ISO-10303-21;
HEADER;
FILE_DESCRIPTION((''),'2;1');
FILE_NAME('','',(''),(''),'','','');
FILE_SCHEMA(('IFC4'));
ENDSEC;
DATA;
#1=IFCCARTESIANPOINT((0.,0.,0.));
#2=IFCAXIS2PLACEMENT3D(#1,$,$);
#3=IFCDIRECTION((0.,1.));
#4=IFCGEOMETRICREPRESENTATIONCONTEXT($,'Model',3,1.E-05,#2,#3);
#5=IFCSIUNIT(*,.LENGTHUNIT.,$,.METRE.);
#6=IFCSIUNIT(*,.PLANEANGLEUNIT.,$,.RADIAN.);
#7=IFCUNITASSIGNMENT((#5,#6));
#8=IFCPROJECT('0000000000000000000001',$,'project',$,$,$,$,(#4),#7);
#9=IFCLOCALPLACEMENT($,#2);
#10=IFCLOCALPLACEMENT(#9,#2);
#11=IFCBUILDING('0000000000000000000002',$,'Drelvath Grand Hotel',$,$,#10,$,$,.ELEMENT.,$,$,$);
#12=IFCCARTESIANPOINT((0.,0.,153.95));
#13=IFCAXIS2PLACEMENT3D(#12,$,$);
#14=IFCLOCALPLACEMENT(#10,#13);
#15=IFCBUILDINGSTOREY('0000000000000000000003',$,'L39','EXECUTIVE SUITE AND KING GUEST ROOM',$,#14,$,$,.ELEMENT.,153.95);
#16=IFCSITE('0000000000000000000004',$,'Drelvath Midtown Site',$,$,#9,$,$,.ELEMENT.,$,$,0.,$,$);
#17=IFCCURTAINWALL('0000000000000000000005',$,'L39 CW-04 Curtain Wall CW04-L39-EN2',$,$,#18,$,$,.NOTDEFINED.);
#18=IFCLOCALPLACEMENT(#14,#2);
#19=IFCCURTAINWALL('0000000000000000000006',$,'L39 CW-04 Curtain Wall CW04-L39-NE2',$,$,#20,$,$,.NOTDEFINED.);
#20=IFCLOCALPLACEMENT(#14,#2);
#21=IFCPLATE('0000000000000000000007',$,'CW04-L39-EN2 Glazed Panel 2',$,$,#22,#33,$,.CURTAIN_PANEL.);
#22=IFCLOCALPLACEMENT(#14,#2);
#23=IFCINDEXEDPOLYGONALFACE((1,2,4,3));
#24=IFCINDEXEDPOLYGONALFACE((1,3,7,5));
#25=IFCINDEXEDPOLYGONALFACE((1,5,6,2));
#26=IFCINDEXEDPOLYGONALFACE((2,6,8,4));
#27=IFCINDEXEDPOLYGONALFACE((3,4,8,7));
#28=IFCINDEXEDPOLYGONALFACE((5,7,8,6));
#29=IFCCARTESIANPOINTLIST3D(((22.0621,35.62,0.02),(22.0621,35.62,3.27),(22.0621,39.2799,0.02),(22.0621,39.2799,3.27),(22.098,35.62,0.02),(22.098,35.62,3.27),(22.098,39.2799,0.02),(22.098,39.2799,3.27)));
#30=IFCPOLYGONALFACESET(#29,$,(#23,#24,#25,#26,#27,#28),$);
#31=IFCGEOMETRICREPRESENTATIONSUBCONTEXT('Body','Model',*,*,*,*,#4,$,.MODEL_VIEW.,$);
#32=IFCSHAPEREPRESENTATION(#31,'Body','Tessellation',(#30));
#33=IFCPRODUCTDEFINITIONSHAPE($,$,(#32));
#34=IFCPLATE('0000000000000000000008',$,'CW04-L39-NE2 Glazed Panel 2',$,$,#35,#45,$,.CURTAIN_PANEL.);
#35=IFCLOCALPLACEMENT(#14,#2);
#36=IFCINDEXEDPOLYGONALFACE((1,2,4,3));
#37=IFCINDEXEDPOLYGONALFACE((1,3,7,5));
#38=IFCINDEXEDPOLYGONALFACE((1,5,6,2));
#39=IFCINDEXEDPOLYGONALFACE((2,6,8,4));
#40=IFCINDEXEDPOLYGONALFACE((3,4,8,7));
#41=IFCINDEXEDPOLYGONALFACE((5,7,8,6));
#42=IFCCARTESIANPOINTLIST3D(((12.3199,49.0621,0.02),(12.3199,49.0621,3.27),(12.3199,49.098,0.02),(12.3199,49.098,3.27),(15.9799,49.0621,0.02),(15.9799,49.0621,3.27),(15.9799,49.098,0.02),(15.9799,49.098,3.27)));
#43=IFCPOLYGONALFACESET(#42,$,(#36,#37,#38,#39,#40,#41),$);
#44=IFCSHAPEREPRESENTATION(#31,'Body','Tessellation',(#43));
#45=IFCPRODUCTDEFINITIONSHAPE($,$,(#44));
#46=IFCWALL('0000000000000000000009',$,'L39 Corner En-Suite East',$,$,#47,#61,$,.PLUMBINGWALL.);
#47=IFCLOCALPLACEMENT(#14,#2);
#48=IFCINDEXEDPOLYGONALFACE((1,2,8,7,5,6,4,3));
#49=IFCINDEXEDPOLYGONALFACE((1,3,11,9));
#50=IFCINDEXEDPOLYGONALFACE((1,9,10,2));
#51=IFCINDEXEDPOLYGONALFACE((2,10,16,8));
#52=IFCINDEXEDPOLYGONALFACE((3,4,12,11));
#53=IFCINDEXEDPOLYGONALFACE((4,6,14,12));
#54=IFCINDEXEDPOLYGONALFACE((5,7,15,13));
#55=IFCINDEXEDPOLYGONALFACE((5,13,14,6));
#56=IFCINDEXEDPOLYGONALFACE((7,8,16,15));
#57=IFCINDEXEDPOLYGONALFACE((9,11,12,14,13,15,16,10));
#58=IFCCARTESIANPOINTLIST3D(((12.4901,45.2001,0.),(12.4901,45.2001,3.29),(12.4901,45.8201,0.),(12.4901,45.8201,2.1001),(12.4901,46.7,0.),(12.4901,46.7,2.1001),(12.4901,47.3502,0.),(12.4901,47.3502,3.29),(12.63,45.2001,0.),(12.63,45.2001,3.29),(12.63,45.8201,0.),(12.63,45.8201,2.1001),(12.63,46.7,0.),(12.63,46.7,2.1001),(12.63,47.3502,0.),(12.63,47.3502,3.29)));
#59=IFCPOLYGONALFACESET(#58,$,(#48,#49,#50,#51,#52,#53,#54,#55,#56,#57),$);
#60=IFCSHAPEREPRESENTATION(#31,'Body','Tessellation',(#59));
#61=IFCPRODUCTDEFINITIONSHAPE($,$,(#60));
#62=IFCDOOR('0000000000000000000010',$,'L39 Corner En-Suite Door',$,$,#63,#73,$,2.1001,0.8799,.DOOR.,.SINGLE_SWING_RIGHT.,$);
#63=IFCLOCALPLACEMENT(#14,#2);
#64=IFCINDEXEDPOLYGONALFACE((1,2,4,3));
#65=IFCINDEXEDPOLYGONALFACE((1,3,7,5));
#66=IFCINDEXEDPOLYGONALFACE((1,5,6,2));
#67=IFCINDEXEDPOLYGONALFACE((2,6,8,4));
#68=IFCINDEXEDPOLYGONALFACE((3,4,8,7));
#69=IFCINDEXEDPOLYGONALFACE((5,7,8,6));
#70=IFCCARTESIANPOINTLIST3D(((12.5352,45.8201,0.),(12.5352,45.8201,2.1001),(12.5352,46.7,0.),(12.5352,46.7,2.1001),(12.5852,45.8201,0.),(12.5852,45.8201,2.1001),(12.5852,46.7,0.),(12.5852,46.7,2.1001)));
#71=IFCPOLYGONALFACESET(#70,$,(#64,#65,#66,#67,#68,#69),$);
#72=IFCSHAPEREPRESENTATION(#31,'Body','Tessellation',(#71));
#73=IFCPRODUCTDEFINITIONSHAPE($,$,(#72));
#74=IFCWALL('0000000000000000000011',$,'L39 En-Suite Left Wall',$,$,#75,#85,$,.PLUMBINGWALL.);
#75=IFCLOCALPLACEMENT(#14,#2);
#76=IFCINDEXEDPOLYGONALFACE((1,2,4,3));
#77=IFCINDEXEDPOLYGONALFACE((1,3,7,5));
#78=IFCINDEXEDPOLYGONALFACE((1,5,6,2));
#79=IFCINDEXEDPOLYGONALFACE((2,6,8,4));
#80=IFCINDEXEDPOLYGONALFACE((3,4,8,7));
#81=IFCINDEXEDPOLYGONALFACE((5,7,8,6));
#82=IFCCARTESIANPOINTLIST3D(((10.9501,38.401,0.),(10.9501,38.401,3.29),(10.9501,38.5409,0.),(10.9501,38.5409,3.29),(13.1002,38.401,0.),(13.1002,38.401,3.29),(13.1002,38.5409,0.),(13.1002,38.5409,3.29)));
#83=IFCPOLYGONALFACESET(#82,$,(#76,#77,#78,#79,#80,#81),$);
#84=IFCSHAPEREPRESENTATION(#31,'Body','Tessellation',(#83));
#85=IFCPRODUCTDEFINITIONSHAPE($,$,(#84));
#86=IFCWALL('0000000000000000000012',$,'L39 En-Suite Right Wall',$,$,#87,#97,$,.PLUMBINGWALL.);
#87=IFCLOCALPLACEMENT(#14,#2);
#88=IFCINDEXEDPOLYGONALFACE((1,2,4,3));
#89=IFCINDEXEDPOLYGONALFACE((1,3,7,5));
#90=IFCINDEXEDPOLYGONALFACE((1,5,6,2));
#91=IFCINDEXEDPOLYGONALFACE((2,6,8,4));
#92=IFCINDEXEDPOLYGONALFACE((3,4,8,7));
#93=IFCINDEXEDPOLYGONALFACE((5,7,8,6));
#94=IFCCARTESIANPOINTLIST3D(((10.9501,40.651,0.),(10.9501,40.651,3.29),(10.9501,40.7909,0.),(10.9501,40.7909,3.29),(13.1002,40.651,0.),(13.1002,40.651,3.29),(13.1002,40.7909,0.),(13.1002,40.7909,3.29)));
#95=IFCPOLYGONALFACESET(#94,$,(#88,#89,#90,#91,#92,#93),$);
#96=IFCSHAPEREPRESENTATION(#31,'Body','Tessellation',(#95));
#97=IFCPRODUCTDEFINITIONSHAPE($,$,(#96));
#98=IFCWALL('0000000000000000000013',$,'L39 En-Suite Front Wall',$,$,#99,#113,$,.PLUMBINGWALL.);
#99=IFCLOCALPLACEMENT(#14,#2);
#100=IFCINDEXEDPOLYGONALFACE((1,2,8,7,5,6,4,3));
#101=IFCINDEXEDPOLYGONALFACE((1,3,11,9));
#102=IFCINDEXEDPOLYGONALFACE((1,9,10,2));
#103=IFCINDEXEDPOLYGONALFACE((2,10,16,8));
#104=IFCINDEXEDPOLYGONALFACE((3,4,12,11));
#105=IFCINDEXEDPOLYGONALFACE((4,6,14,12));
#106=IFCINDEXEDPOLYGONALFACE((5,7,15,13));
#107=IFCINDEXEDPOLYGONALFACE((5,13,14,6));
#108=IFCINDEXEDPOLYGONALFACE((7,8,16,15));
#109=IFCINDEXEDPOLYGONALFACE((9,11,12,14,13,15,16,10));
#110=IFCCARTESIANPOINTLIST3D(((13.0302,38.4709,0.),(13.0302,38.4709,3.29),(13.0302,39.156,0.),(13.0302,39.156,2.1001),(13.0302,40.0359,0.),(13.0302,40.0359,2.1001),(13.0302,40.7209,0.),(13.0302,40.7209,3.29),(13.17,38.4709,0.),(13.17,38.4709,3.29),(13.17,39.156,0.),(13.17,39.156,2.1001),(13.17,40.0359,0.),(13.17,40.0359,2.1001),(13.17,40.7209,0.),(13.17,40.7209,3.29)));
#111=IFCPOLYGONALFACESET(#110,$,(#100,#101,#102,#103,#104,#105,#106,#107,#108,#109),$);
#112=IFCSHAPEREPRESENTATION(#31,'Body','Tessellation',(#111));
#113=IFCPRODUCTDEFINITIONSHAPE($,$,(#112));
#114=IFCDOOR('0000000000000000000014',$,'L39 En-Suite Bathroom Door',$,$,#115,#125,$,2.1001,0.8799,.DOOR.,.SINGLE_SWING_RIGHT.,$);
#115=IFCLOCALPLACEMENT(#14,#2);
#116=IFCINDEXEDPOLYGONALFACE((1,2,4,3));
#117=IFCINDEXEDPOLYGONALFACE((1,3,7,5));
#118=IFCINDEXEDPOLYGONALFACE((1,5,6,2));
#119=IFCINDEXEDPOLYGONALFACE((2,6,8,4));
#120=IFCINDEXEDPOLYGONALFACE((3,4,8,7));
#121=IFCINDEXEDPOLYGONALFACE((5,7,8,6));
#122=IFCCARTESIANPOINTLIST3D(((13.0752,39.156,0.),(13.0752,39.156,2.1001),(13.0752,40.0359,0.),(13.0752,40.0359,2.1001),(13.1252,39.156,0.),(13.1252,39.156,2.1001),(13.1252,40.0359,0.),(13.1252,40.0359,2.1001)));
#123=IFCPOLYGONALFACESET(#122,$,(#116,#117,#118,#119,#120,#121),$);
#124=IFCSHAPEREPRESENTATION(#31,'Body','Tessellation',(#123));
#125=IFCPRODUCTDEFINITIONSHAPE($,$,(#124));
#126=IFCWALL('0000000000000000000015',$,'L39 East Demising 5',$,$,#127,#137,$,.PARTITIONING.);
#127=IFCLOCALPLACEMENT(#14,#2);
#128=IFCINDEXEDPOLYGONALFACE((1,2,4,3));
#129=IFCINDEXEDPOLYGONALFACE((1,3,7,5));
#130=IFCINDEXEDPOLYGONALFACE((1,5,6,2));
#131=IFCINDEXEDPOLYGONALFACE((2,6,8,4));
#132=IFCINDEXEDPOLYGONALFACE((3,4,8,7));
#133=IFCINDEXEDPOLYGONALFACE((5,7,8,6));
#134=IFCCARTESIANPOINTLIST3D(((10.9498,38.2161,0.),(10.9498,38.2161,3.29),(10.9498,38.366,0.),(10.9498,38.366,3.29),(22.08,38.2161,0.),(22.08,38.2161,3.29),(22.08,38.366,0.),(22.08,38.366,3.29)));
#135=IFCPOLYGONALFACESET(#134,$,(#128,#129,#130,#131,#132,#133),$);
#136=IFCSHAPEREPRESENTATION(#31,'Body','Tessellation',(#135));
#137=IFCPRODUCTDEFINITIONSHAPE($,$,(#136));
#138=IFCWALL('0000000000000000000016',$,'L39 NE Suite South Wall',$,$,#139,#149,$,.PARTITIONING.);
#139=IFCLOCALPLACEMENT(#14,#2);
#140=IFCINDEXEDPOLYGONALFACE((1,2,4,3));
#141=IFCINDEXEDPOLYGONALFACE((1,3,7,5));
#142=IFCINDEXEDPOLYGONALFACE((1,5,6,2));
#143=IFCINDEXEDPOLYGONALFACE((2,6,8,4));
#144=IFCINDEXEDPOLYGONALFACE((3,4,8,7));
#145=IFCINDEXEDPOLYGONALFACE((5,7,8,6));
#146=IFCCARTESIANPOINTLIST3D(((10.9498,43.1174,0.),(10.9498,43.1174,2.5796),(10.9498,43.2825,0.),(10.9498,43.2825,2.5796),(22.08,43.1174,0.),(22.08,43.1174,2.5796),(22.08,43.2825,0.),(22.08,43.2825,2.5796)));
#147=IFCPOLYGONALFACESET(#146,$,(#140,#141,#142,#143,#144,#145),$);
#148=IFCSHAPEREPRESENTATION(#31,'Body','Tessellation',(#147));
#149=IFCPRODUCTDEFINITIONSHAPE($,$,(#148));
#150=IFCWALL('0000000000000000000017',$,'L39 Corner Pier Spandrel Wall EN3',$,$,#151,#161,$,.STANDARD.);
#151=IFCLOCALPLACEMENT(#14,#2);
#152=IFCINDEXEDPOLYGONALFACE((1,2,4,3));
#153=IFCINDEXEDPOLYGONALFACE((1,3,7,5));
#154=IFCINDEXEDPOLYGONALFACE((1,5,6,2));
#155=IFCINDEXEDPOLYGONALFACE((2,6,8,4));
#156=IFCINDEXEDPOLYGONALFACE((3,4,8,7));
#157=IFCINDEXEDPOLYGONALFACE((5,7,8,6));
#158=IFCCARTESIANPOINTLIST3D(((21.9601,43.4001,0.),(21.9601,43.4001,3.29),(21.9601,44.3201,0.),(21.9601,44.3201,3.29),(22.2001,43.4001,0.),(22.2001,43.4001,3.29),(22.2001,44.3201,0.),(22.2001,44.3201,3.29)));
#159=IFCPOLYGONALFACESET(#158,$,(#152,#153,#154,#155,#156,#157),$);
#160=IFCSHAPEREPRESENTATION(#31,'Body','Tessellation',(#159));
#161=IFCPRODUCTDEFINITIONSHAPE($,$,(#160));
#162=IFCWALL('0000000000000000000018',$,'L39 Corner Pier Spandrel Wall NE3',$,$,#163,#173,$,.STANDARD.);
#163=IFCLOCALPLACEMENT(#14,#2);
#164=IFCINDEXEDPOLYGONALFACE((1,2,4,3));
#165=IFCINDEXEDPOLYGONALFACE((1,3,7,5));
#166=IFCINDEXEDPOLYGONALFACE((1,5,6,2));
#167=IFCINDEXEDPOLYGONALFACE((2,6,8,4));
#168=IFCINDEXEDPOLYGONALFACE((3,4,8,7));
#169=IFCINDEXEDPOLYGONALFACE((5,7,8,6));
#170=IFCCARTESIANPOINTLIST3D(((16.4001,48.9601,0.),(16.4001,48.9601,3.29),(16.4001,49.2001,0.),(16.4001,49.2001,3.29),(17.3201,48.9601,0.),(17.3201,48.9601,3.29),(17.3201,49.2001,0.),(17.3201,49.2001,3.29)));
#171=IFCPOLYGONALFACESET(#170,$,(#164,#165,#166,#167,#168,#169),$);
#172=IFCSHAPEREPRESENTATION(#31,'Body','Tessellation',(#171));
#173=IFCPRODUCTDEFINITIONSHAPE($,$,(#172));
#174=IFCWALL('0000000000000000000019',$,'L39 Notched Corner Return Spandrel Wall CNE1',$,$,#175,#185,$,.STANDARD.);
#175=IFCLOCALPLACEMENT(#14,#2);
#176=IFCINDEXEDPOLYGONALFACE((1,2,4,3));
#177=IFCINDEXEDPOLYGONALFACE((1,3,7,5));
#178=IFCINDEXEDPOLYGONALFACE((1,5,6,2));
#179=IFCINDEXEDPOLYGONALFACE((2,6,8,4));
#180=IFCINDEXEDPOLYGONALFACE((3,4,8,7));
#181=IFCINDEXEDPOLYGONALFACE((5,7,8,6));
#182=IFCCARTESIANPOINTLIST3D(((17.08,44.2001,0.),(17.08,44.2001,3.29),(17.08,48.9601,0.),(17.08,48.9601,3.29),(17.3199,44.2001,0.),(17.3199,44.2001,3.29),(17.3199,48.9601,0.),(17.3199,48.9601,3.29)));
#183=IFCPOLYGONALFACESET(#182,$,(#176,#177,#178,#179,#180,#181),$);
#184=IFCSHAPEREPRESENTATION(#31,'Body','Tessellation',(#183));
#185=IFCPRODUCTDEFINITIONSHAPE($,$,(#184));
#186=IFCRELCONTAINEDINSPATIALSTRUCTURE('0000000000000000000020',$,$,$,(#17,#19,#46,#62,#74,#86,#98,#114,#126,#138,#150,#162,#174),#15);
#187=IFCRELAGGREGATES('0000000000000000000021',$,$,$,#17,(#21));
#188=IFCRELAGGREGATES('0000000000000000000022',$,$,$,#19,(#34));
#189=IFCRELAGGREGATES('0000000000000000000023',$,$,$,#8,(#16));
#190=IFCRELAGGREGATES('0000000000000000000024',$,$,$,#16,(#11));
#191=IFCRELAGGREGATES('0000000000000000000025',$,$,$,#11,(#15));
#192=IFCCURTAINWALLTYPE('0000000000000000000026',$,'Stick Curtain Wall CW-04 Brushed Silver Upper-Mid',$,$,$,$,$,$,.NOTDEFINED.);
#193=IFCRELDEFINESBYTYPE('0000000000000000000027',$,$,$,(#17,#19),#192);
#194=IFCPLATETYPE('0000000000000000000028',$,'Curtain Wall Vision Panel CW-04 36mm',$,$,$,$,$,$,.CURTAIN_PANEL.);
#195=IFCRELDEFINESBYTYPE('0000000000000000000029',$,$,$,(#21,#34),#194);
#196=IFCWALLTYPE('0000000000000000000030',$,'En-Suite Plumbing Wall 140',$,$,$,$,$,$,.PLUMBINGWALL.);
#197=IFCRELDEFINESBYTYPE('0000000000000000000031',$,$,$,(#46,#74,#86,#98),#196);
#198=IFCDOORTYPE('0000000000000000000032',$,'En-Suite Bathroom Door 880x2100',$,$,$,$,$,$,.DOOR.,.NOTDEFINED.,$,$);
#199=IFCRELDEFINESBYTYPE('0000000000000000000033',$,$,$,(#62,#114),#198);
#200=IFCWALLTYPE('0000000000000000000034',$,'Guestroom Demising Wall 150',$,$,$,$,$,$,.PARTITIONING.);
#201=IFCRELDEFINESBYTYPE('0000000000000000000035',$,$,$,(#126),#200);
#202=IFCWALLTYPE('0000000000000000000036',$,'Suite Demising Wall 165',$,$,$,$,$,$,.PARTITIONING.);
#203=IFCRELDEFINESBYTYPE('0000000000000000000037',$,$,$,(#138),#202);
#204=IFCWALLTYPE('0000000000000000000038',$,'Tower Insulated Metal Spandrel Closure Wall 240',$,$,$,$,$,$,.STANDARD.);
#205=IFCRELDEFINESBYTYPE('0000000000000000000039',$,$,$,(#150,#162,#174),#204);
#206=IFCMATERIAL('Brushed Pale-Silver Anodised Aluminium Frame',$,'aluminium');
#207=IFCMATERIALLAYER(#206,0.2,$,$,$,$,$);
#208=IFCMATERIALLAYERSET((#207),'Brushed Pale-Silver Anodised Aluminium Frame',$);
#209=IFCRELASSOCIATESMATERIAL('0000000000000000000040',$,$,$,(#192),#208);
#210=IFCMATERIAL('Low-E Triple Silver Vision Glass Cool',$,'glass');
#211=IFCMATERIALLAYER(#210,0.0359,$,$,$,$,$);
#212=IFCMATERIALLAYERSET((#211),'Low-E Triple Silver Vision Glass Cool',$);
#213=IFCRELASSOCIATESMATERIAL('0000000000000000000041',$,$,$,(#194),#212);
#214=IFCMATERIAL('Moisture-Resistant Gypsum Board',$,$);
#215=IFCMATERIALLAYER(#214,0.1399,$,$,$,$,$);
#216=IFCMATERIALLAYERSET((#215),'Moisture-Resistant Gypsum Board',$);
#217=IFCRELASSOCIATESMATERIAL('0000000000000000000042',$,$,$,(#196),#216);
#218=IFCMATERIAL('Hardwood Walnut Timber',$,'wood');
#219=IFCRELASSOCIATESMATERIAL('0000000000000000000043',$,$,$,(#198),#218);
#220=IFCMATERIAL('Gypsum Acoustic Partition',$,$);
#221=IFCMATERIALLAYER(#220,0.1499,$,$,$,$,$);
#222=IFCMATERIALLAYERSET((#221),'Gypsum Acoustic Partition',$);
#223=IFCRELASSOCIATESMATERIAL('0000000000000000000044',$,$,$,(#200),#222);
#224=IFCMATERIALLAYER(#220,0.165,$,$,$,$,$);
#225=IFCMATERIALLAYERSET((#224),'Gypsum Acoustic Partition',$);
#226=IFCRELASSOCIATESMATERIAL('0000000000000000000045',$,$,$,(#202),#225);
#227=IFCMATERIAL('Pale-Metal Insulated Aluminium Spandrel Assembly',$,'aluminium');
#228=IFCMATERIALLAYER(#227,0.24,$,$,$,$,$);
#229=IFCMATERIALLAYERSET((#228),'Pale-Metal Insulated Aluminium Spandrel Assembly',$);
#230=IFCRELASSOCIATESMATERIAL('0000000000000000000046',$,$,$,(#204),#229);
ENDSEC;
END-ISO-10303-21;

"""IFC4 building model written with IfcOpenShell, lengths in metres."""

from ifc_helpers import new_model, si_unit, direction, frame, frame_2d, origin, origin_2d, place, context, subcontext, project, spatial, rectangle, extrude, material, layer, layer_set, type_object, element, fill, aggregate, save


model = new_model("IFC4")

# Units and contexts
model_context = context("Model", 3, precision=1e-05, world=origin(), true_north=direction((0.0, 1.0)))
body_context = subcontext(model_context, "Body", "Model", "MODEL_VIEW")
ifc_project = project(units=[si_unit("LENGTHUNIT", "METRE"), si_unit("PLANEANGLEUNIT", "RADIAN")], contexts=[model_context])

# Site, building, storey
site_placement = place(None, origin())
site = spatial("IfcSite", under=ifc_project, at=site_placement, Name="Drelvath Midtown Site", CompositionType="ELEMENT", RefElevation=0.0)
building_placement = place(site_placement, origin())
building = spatial("IfcBuilding", under=site, at=building_placement, Name="Drelvath Grand Hotel", CompositionType="ELEMENT")
storey_placement = place(building_placement, frame((0.0, 0.0, 153.95)))
storey = spatial("IfcBuildingStorey", under=building, at=storey_placement, Name="L39", Description="EXECUTIVE SUITE AND KING GUEST ROOM", CompositionType="ELEMENT", Elevation=153.95)

# Curtain walls
ifc_material_1 = material(Name="Brushed Pale-Silver Anodised Aluminium Frame", Category="aluminium")
ifc_layer_1 = layer(ifc_material_1, 0.2)
ifc_layer_set_1 = layer_set([ifc_layer_1], Name="Brushed Pale-Silver Anodised Aluminium Frame")
curtain_wall_type = type_object("IfcCurtainWallType", Name="Stick Curtain Wall CW-04 Brushed Silver Upper-Mid", PredefinedType="NOTDEFINED", material=ifc_layer_set_1)
curtain_wall_1_placement = place(storey_placement, origin())
curtain_wall_1 = element("IfcCurtainWall", 1, at=curtain_wall_1_placement, inside=storey, type_object=curtain_wall_type, Name="L39 CW-04 Curtain Wall CW04-L39-EN2", PredefinedType="NOTDEFINED")
curtain_wall_2_placement = place(storey_placement, origin())
curtain_wall_2 = element("IfcCurtainWall", 2, at=curtain_wall_2_placement, inside=storey, type_object=curtain_wall_type, Name="L39 CW-04 Curtain Wall CW04-L39-NE2", PredefinedType="NOTDEFINED")

# Plates
ifc_material_2 = material(Name="Low-E Triple Silver Vision Glass Cool", Category="glass")
ifc_layer_2 = layer(ifc_material_2, 0.0359)
ifc_layer_set_2 = layer_set([ifc_layer_2], Name="Low-E Triple Silver Vision Glass Cool")
plate_type = type_object("IfcPlateType", Name="Curtain Wall Vision Panel CW-04 36mm", PredefinedType="CURTAIN_PANEL", material=ifc_layer_set_2)
plate_1_placement = place(storey_placement, frame((22.0801, 37.45, 0.02), z_axis=(0.0, 0.0, 1.0), x_axis=(0.0, -1.0, 0.0)))
plate_1 = element("IfcPlate", 3, at=plate_1_placement, type_object=plate_type, Name="CW04-L39-EN2 Glazed Panel 2", PredefinedType="CURTAIN_PANEL", context=body_context, shape_type="SweptSolid", body=[
    extrude(rectangle(XDim=3.6599, YDim=0.0359, at=origin_2d()), origin(), (0.0, 0.0, 1.0), 3.25),
])
aggregate(curtain_wall_1, [plate_1])
plate_2_placement = place(storey_placement, frame((14.1499, 49.0801, 0.02), z_axis=(0.0, 0.0, 1.0), x_axis=(1.0, 0.0, 0.0)))
plate_2 = element("IfcPlate", 4, at=plate_2_placement, type_object=plate_type, Name="CW04-L39-NE2 Glazed Panel 2", PredefinedType="CURTAIN_PANEL", context=body_context, shape_type="SweptSolid", body=[
    extrude(rectangle(XDim=3.6599, YDim=0.0359, at=origin_2d()), origin(), (0.0, 0.0, 1.0), 3.25),
])
aggregate(curtain_wall_2, [plate_2])

# Wall, opening, door
ifc_material_3 = material(Name="Moisture-Resistant Gypsum Board")
ifc_layer_3 = layer(ifc_material_3, 0.1399)
ifc_layer_set_3 = layer_set([ifc_layer_3], Name="Moisture-Resistant Gypsum Board")
wall_type_1 = type_object("IfcWallType", Name="En-Suite Plumbing Wall 140", PredefinedType="PLUMBINGWALL", material=ifc_layer_set_3)
wall_1_placement = place(storey_placement, frame((12.5601, 45.2, 0.0), z_axis=(0.0, 0.0, 1.0), x_axis=(0.0, 1.0, 0.0)))
wall_1 = element("IfcWall", 5, at=wall_1_placement, inside=storey, type_object=wall_type_1, Name="L39 Corner En-Suite East", PredefinedType="PLUMBINGWALL", context=body_context, shape_type="SweptSolid", body=[
    extrude(rectangle(XDim=2.1501, YDim=0.1399, at=frame_2d((1.0752, 0.0))), origin(), (0.0, 0.0, 1.0), 3.29),
])
opening_1_placement = place(wall_1_placement, frame((0.6201, 0.0, 0.0)))
opening_1 = element("IfcOpeningElement", 6, at=opening_1_placement, cuts=wall_1, PredefinedType="OPENING", context=body_context, shape_type="SweptSolid", body=[
    extrude(rectangle(XDim=0.8799, YDim=2.1001, at=frame_2d((0.4399, 1.05))), frame((0.0, 0.0798, 0.0), z_axis=(0.0, -1.0, 0.0), x_axis=(1.0, 0.0, 0.0)), (0.0, 0.0, 1.0), 0.1599),
])
ifc_material_4 = material(Name="Hardwood Walnut Timber", Category="wood")
door_type = type_object("IfcDoorType", Name="En-Suite Bathroom Door 880x2100", OperationType="NOTDEFINED", PredefinedType="DOOR", material=ifc_material_4)
door_1_placement = place(opening_1_placement, origin())
door_1 = element("IfcDoor", 7, at=door_1_placement, inside=storey, type_object=door_type, Name="L39 Corner En-Suite Door", OperationType="SINGLE_SWING_RIGHT", OverallHeight=2.1001, OverallWidth=0.8799, PredefinedType="DOOR", context=body_context, shape_type="SweptSolid", body=[
    extrude(rectangle(XDim=0.8799, YDim=2.1001, at=frame_2d((0.4399, 1.05))), frame((0.0, 0.0249, 0.0), z_axis=(0.0, -1.0, 0.0), x_axis=(1.0, 0.0, 0.0)), (0.0, 0.0, 1.0), 0.05),
])
fill(opening_1, door_1)

# Walls
for number, where, z_axis, x_axis, name in (
    (8, (10.95, 38.4709, 0.0), (0.0, 0.0, 1.0), (1.0, 0.0, 0.0), "L39 En-Suite Left Wall"),
    (9, (10.95, 40.7209, 0.0), (0.0, 0.0, 1.0), (1.0, 0.0, 0.0), "L39 En-Suite Right Wall"),
):
    element("IfcWall", number, at=place(storey_placement, frame(where, z_axis=z_axis, x_axis=x_axis)), inside=storey, type_object=wall_type_1, Name=name, PredefinedType="PLUMBINGWALL", context=body_context, shape_type="SweptSolid", body=[
        extrude(rectangle(XDim=2.1501, YDim=0.1399, at=frame_2d((1.0752, 0.0))), origin(), (0.0, 0.0, 1.0), 3.29),
    ])

# Wall, opening, door
wall_2_placement = place(storey_placement, frame((13.1001, 38.4709, 0.0), z_axis=(0.0, 0.0, 1.0), x_axis=(0.0, 1.0, 0.0)))
wall_2 = element("IfcWall", 10, at=wall_2_placement, inside=storey, type_object=wall_type_1, Name="L39 En-Suite Front Wall", PredefinedType="PLUMBINGWALL", context=body_context, shape_type="SweptSolid", body=[
    extrude(rectangle(XDim=2.25, YDim=0.1399, at=frame_2d((1.125, 0.0))), origin(), (0.0, 0.0, 1.0), 3.29),
])
opening_2_placement = place(wall_2_placement, frame((0.6851, 0.0, 0.0)))
opening_2 = element("IfcOpeningElement", 11, at=opening_2_placement, cuts=wall_2, PredefinedType="OPENING", context=body_context, shape_type="SweptSolid", body=[
    extrude(rectangle(XDim=0.8799, YDim=2.1001, at=frame_2d((0.4399, 1.05))), frame((0.0, 0.0798, 0.0), z_axis=(0.0, -1.0, 0.0), x_axis=(1.0, 0.0, 0.0)), (0.0, 0.0, 1.0), 0.1599),
])
door_2_placement = place(opening_2_placement, origin())
door_2 = element("IfcDoor", 12, at=door_2_placement, inside=storey, type_object=door_type, Name="L39 En-Suite Bathroom Door", OperationType="SINGLE_SWING_RIGHT", OverallHeight=2.1001, OverallWidth=0.8799, PredefinedType="DOOR", context=body_context, shape_type="SweptSolid", body=[
    extrude(rectangle(XDim=0.8799, YDim=2.1001, at=frame_2d((0.4399, 1.05))), frame((0.0, 0.0249, 0.0), z_axis=(0.0, -1.0, 0.0), x_axis=(1.0, 0.0, 0.0)), (0.0, 0.0, 1.0), 0.05),
])
fill(opening_2, door_2)

# Walls
ifc_material_5 = material(Name="Gypsum Acoustic Partition")
ifc_layer_4 = layer(ifc_material_5, 0.1499)
ifc_layer_set_4 = layer_set([ifc_layer_4], Name="Gypsum Acoustic Partition")
wall_type_2 = type_object("IfcWallType", Name="Guestroom Demising Wall 150", PredefinedType="PARTITIONING", material=ifc_layer_set_4)
wall_3_placement = place(storey_placement, frame((10.95, 38.291, 0.0), z_axis=(0.0, 0.0, 1.0), x_axis=(1.0, 0.0, 0.0)))
element("IfcWall", 13, at=wall_3_placement, inside=storey, type_object=wall_type_2, Name="L39 East Demising 5", PredefinedType="PARTITIONING", context=body_context, shape_type="SweptSolid", body=[
    extrude(rectangle(XDim=11.1301, YDim=0.1499, at=frame_2d((5.5649, 0.0))), origin(), (0.0, 0.0, 1.0), 3.29),
])
ifc_layer_5 = layer(ifc_material_5, 0.165)
ifc_layer_set_5 = layer_set([ifc_layer_5], Name="Gypsum Acoustic Partition")
wall_type_3 = type_object("IfcWallType", Name="Suite Demising Wall 165", PredefinedType="PARTITIONING", material=ifc_layer_set_5)
wall_4_placement = place(storey_placement, frame((10.95, 43.2, 0.0), z_axis=(0.0, 0.0, 1.0), x_axis=(1.0, 0.0, 0.0)))
element("IfcWall", 14, at=wall_4_placement, inside=storey, type_object=wall_type_3, Name="L39 NE Suite South Wall", PredefinedType="PARTITIONING", context=body_context, shape_type="SweptSolid", body=[
    extrude(rectangle(XDim=11.1301, YDim=0.165, at=frame_2d((5.5649, 0.0))), origin(), (0.0, 0.0, 1.0), 2.5796),
])
ifc_material_6 = material(Name="Pale-Metal Insulated Aluminium Spandrel Assembly", Category="aluminium")
ifc_layer_6 = layer(ifc_material_6, 0.24)
ifc_layer_set_6 = layer_set([ifc_layer_6], Name="Pale-Metal Insulated Aluminium Spandrel Assembly")
wall_type_4 = type_object("IfcWallType", Name="Tower Insulated Metal Spandrel Closure Wall 240", PredefinedType="STANDARD", material=ifc_layer_set_6)
for number, where, z_axis, x_axis, name in (
    (15, (22.0801, 44.3201, 0.0), (0.0, 0.0, 1.0), (0.0, -1.0, 0.0), "L39 Corner Pier Spandrel Wall EN3"),
    (16, (16.4001, 49.0801, 0.0), (0.0, 0.0, 1.0), (1.0, 0.0, 0.0), "L39 Corner Pier Spandrel Wall NE3"),
):
    element("IfcWall", number, at=place(storey_placement, frame(where, z_axis=z_axis, x_axis=x_axis)), inside=storey, type_object=wall_type_4, Name=name, PredefinedType="STANDARD", context=body_context, shape_type="SweptSolid", body=[
        extrude(rectangle(XDim=0.9199, YDim=0.24, at=frame_2d((0.46, 0.0))), origin(), (0.0, 0.0, 1.0), 3.29),
    ])
for number, where, z_axis, x_axis, name in (
    (17, (17.2, 48.96, 0.0), (0.0, 0.0, 1.0), (0.0, -1.0, 0.0), "L39 Notched Corner Return Spandrel Wall CNE1"),
):
    element("IfcWall", number, at=place(storey_placement, frame(where, z_axis=z_axis, x_axis=x_axis)), inside=storey, type_object=wall_type_4, Name=name, PredefinedType="STANDARD", context=body_context, shape_type="SweptSolid", body=[
        extrude(rectangle(XDim=4.76, YDim=0.24, at=frame_2d((2.3799, 0.0))), origin(), (0.0, 0.0, 1.0), 3.29),
    ])

save(model, "model.ifc")
